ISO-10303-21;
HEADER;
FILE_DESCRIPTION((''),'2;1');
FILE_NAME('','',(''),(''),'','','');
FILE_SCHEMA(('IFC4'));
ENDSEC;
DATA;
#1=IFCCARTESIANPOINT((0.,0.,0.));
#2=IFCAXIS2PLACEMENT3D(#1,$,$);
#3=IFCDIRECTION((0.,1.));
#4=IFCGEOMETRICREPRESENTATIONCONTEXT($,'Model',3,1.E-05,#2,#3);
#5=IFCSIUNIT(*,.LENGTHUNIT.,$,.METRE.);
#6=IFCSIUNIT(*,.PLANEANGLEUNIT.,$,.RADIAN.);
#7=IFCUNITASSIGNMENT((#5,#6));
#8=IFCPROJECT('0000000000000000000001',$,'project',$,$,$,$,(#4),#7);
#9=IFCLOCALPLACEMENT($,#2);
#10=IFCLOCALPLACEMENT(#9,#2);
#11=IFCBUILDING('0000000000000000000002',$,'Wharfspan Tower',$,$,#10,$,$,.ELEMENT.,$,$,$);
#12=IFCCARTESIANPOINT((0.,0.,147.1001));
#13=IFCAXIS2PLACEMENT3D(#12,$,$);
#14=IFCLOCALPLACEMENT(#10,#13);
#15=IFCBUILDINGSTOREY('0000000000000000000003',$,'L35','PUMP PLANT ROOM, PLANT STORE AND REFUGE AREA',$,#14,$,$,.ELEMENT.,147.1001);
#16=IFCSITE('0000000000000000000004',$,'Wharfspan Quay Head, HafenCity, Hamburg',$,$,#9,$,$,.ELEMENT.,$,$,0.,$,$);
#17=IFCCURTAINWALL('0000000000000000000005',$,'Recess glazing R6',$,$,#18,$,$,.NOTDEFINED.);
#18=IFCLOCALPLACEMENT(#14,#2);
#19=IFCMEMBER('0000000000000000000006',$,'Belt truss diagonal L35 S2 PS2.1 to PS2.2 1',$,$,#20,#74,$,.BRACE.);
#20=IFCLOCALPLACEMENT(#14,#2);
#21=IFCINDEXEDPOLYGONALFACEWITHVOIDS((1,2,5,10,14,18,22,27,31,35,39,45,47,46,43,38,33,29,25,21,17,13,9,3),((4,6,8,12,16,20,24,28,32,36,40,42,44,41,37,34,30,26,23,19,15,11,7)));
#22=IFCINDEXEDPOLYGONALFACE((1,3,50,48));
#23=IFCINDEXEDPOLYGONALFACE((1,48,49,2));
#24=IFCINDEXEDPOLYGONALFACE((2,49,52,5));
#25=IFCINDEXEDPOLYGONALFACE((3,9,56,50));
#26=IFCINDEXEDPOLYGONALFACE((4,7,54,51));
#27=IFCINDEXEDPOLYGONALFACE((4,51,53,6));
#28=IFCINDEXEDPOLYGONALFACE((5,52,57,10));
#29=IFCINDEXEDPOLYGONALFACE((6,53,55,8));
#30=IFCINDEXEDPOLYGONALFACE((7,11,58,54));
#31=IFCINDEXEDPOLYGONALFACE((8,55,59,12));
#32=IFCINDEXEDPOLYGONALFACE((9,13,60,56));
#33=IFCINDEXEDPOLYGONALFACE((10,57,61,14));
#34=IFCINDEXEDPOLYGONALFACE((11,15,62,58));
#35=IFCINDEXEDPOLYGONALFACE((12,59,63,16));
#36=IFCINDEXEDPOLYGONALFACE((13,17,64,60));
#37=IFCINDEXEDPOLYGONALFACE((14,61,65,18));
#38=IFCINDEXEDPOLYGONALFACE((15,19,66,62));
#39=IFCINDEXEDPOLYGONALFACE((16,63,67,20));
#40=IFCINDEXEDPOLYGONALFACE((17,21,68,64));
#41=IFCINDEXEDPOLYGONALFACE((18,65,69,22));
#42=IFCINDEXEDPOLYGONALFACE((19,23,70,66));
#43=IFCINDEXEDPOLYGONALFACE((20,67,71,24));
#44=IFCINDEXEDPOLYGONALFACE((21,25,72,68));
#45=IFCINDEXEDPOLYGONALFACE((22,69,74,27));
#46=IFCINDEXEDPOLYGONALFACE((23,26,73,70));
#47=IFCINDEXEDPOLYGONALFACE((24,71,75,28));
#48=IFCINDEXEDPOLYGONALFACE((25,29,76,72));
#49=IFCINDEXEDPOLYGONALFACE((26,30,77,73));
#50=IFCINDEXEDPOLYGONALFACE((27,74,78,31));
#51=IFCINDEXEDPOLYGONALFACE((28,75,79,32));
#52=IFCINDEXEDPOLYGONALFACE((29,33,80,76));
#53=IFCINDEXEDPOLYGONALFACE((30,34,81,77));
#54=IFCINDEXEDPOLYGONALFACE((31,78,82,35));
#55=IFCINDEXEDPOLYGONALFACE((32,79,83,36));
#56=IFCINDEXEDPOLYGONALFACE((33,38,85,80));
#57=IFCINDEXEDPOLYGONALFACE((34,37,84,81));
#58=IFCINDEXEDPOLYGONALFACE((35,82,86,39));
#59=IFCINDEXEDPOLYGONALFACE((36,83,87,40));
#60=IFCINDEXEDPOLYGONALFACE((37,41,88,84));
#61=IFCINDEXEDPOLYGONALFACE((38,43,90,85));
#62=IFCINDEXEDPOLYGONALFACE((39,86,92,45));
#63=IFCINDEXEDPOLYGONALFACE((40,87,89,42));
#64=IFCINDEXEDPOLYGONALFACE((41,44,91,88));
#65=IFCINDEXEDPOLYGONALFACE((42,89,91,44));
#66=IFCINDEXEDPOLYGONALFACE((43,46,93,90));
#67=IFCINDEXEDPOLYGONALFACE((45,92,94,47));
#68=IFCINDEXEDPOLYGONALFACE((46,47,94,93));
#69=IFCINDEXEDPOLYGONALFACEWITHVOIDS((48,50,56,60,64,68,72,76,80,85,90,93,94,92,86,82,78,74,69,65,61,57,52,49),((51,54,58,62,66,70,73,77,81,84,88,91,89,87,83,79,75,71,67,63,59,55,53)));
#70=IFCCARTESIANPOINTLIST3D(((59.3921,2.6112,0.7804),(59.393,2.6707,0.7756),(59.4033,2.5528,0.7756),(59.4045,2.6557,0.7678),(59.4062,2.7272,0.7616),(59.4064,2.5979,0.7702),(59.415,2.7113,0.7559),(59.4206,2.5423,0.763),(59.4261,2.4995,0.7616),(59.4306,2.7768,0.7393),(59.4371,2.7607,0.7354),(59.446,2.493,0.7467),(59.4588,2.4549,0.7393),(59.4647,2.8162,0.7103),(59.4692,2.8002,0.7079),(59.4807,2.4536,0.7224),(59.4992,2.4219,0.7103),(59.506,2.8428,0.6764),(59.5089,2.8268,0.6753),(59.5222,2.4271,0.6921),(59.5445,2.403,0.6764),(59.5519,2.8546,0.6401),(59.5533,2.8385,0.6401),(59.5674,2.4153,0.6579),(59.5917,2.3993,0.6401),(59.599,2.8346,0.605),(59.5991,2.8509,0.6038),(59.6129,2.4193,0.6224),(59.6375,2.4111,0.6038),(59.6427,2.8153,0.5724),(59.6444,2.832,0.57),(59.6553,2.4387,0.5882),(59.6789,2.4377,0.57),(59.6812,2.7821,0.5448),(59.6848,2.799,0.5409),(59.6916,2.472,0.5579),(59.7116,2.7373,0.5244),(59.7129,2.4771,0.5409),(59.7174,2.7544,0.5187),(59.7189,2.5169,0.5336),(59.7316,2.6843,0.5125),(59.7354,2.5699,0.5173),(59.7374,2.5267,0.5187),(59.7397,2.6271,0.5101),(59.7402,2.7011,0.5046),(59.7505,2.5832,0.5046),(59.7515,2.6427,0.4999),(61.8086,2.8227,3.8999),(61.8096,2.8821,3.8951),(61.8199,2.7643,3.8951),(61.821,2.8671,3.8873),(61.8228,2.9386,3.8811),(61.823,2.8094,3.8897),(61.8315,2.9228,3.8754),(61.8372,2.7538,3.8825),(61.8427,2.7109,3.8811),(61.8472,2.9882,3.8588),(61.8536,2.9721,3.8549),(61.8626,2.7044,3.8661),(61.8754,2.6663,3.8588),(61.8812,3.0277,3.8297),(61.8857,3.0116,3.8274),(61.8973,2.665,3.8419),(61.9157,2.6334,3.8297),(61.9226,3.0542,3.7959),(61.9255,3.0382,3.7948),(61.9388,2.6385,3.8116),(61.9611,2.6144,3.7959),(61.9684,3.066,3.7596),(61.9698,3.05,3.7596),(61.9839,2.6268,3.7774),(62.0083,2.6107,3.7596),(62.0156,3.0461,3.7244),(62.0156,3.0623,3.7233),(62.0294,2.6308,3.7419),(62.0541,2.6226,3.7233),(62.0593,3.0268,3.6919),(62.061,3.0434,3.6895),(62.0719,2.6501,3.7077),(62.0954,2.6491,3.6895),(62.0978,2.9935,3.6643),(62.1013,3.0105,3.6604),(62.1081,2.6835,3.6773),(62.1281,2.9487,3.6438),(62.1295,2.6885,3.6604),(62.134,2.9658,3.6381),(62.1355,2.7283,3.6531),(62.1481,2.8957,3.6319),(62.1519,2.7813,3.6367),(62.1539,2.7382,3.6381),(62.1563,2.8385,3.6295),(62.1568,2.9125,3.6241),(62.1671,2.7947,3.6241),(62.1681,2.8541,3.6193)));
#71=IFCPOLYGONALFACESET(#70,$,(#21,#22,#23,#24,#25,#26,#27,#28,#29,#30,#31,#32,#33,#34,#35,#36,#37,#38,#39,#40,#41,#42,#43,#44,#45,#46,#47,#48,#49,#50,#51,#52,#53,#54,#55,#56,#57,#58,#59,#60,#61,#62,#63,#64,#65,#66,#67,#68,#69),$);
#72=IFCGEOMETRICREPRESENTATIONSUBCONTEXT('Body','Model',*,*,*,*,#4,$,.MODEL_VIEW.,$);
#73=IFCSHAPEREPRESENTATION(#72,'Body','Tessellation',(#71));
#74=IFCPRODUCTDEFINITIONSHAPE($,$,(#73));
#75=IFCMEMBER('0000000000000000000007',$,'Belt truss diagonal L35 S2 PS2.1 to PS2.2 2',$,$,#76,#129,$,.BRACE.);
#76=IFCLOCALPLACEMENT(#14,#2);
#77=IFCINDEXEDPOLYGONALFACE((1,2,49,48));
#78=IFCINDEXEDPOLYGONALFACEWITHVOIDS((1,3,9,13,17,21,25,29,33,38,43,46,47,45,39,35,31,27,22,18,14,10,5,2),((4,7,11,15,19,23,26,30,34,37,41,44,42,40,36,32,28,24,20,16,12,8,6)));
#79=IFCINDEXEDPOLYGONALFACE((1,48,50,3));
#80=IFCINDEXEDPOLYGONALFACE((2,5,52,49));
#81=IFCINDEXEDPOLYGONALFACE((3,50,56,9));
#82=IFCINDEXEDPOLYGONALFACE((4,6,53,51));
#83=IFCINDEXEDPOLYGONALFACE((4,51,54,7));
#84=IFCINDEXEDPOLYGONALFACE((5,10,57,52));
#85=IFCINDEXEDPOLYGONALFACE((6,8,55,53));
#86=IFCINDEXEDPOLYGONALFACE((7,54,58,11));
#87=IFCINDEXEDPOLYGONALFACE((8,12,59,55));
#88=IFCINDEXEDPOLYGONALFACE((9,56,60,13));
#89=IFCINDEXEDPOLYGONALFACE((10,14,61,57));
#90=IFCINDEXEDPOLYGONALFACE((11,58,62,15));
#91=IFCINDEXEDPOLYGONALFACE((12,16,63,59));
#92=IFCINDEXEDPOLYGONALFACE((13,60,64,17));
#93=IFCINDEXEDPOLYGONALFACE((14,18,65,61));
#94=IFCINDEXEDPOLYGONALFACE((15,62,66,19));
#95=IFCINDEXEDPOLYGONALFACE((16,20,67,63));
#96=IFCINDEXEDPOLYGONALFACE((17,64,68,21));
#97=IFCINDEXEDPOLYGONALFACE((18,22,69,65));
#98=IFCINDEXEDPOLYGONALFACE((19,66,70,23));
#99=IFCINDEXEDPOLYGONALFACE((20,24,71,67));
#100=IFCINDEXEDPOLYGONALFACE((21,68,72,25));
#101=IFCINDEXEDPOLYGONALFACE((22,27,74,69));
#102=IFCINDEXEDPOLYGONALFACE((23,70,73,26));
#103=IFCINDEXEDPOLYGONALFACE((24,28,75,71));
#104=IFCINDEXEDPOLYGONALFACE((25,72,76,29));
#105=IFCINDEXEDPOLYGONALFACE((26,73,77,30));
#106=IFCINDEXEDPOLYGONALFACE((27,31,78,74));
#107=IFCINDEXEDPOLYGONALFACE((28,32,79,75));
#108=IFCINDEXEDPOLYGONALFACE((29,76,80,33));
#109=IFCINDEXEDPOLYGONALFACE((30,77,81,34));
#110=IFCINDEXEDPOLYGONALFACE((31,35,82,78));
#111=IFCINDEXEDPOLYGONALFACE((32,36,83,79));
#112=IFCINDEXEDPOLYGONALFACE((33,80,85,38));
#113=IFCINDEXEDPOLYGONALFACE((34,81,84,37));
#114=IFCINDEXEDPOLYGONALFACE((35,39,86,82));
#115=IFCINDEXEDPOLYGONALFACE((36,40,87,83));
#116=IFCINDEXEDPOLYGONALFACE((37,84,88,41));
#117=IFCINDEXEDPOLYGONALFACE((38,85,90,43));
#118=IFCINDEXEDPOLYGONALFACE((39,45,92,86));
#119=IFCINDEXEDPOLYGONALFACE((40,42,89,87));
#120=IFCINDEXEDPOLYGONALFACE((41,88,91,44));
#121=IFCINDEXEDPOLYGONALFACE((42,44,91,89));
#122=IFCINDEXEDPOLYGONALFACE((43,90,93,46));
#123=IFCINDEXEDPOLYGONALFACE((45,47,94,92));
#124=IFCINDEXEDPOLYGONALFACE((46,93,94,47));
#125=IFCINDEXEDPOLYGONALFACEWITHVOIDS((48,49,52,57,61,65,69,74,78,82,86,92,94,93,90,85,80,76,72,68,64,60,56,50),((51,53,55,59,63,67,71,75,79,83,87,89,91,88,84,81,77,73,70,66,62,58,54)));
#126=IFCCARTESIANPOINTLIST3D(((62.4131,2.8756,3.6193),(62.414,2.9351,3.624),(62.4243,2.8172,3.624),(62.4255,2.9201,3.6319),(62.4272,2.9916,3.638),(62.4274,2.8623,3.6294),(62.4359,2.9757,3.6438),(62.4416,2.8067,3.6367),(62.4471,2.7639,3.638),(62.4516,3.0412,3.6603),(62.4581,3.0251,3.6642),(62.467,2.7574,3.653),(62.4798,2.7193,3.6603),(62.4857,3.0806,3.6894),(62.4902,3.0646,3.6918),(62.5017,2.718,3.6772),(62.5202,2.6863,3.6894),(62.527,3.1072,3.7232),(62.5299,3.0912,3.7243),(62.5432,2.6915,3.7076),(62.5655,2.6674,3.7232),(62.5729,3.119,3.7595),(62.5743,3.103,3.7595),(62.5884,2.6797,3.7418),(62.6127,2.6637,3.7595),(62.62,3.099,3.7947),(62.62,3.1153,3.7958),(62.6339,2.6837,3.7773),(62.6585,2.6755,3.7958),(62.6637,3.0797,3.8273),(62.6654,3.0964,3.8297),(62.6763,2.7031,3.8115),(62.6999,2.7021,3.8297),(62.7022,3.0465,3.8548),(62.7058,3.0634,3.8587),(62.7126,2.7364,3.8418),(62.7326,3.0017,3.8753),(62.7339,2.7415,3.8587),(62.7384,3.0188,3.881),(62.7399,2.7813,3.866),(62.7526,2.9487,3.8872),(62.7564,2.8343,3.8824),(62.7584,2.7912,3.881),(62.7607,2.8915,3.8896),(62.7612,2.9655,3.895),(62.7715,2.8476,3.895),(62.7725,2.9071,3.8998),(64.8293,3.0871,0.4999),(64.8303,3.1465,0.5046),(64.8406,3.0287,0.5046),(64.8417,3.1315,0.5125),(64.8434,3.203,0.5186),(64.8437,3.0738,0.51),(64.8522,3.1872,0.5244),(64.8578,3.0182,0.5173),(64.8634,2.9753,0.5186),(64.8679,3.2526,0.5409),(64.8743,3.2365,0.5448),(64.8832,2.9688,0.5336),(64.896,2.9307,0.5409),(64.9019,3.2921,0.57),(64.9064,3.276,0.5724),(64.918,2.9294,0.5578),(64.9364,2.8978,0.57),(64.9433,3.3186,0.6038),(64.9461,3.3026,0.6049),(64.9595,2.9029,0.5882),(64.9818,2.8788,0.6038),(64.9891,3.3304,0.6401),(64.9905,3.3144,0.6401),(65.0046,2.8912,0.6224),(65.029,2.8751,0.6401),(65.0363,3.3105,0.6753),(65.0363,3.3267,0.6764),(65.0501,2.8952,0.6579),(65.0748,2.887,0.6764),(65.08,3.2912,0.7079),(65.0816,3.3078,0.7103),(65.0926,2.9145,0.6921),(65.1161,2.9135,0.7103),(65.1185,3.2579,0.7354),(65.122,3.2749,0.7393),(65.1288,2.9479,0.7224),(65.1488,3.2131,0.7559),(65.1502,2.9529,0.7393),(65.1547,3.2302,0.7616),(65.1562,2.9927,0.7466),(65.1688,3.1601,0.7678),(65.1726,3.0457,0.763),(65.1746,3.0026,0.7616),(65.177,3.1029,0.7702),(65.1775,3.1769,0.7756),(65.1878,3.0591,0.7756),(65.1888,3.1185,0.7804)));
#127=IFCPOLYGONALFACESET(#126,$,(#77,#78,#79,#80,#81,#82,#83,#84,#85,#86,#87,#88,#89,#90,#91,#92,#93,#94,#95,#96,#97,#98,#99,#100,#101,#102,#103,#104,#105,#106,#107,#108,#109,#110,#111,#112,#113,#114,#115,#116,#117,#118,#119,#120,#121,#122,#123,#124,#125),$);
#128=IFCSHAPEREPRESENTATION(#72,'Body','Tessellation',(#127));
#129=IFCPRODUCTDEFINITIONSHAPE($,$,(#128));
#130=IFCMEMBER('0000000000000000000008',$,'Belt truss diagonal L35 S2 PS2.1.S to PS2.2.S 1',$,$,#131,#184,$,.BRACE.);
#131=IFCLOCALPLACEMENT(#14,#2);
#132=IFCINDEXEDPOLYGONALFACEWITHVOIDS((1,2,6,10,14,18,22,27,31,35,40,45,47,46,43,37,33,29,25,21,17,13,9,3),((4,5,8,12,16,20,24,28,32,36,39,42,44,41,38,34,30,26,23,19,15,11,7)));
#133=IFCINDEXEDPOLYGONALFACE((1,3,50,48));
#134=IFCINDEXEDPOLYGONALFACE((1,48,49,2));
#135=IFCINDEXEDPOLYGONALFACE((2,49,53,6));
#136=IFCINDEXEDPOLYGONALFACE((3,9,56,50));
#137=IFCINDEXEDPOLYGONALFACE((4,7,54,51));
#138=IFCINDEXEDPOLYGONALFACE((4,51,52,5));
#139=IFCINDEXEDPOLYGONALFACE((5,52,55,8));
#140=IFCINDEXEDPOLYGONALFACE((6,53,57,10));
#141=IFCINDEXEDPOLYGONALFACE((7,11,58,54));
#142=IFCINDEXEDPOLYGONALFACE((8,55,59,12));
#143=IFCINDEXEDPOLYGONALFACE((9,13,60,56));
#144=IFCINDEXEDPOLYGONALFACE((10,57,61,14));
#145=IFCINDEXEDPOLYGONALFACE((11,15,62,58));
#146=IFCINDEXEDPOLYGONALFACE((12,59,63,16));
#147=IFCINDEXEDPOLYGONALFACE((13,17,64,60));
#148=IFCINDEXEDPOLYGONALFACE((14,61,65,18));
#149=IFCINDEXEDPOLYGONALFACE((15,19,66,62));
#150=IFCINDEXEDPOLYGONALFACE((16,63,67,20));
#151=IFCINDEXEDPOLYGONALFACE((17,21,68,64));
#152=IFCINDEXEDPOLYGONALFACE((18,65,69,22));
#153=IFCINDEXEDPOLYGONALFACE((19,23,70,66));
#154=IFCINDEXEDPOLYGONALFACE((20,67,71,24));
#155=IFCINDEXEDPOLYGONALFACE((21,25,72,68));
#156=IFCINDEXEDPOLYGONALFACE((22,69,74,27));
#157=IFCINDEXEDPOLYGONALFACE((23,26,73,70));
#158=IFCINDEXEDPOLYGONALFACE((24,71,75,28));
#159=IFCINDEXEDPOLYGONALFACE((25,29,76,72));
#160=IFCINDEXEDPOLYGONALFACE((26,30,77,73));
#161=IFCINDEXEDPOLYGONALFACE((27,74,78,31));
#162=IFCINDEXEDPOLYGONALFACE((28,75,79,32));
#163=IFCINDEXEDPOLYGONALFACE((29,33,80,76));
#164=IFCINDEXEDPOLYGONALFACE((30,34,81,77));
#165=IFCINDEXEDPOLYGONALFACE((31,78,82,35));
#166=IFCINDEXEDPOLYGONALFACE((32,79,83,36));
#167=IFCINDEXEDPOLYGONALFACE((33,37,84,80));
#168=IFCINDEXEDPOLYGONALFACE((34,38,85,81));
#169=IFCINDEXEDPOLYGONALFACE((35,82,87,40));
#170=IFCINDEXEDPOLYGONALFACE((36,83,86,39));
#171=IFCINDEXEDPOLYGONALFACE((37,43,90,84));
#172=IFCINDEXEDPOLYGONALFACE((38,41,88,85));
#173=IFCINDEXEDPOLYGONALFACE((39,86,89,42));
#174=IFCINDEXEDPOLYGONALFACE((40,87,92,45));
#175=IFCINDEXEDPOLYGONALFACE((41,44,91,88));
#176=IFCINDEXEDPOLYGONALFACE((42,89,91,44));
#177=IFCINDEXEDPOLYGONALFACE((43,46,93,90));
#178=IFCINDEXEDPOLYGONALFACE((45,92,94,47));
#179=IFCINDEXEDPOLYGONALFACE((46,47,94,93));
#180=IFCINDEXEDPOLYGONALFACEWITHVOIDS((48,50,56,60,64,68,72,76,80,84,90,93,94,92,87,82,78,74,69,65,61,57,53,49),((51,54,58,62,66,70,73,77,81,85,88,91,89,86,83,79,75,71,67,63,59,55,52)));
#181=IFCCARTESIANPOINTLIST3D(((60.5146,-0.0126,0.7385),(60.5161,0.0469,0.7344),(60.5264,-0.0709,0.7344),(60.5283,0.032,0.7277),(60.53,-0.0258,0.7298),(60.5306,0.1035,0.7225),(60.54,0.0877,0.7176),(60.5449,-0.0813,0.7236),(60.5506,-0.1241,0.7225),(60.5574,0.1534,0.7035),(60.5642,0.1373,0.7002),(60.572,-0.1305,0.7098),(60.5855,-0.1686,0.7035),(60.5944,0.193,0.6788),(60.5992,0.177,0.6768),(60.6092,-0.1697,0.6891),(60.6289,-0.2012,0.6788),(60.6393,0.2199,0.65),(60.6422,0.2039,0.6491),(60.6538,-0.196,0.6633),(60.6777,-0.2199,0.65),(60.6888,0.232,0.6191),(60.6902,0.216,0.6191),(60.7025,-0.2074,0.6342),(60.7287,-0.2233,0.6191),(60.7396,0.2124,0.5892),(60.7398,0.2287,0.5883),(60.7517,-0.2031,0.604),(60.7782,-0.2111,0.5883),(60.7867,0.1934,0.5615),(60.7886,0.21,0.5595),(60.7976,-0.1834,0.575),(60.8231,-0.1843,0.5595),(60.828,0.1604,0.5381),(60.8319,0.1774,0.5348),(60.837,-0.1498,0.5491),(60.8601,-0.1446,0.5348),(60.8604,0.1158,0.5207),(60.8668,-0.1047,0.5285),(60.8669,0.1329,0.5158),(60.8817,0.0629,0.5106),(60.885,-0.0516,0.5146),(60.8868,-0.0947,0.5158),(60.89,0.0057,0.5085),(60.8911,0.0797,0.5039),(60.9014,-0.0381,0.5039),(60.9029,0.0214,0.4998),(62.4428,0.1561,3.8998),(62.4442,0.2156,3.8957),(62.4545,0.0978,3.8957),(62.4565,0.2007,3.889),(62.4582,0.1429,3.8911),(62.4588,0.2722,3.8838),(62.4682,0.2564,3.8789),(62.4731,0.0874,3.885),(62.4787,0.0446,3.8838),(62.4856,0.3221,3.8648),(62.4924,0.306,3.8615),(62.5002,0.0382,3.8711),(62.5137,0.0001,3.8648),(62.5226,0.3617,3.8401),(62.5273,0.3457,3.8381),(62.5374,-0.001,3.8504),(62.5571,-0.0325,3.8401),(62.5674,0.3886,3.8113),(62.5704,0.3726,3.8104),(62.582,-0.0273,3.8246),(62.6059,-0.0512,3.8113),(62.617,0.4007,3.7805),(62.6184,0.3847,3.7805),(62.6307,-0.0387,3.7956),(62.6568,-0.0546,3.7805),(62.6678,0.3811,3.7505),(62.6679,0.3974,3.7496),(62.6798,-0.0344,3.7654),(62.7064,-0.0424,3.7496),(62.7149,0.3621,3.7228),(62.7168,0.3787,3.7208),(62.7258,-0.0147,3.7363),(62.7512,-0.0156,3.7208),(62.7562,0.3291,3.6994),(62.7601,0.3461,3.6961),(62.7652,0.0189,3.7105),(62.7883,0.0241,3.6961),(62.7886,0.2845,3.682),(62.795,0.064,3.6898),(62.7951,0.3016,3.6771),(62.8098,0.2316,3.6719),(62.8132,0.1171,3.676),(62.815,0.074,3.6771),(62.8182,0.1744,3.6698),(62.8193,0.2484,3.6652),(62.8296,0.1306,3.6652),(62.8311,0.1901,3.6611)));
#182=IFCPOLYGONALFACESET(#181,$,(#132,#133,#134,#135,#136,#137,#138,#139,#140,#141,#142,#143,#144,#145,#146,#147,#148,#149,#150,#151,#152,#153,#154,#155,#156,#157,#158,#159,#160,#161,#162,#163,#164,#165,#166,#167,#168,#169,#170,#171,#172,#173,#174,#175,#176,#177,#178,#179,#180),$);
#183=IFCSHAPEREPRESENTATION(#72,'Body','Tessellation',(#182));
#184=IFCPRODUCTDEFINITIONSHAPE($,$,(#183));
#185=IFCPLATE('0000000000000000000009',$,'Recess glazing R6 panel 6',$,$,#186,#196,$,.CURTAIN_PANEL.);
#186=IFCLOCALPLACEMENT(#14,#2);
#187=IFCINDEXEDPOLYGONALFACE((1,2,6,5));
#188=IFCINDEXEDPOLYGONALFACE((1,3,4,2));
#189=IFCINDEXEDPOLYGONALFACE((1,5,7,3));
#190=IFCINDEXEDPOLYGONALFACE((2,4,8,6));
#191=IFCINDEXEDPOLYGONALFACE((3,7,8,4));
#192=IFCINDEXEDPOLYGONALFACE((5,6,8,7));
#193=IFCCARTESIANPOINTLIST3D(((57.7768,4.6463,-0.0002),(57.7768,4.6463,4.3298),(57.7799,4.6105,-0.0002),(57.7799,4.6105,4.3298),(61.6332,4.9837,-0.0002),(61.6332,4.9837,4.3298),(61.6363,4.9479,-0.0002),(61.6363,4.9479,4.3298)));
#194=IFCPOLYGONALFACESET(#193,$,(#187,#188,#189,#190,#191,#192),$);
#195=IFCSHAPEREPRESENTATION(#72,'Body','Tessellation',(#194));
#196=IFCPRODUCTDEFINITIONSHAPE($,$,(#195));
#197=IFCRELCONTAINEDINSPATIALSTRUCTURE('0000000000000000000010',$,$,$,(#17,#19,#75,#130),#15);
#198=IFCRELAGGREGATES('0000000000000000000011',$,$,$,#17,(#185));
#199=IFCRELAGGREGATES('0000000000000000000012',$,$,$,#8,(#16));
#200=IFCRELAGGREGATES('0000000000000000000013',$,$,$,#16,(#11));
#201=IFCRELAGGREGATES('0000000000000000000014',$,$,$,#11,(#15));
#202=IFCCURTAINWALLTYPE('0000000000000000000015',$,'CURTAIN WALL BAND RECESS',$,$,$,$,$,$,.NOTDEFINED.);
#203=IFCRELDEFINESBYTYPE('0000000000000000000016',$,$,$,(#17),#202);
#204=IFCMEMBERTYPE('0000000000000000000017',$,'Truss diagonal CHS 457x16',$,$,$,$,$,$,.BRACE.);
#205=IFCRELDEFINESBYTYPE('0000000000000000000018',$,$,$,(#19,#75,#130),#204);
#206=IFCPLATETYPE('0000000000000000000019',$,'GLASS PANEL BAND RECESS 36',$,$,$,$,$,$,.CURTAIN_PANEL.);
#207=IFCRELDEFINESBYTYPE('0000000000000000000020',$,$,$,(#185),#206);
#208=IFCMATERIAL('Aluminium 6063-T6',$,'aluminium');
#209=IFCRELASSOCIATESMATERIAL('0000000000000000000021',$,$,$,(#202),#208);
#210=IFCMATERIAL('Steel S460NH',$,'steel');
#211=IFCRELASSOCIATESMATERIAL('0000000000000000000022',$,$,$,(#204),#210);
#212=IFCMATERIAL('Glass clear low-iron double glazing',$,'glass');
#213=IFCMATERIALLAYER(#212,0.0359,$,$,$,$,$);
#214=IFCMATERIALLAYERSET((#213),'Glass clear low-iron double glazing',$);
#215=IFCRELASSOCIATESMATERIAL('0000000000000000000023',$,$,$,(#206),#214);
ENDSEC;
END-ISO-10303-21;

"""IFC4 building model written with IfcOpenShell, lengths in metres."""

from ifc_helpers import new_model, si_unit, direction, frame, origin, origin_2d, place, context, subcontext, project, spatial, rectangle, hollow_circle, extrude, material, layer, layer_set, material_profile, profile_set, type_object, element, aggregate, save


model = new_model("IFC4")

# Units and contexts
model_context = context("Model", 3, precision=1e-05, world=origin(), true_north=direction((0.0, 1.0)))
body_context = subcontext(model_context, "Body", "Model", "MODEL_VIEW")
ifc_project = project(units=[si_unit("LENGTHUNIT", "METRE"), si_unit("PLANEANGLEUNIT", "RADIAN")], contexts=[model_context])

# Site, building, storey
site_placement = place(None, origin())
site = spatial("IfcSite", under=ifc_project, at=site_placement, Name="Wharfspan Quay Head, HafenCity, Hamburg", CompositionType="ELEMENT", RefElevation=0.0)
building_placement = place(site_placement, origin())
building = spatial("IfcBuilding", under=site, at=building_placement, Name="Wharfspan Tower", CompositionType="ELEMENT")
storey_placement = place(building_placement, frame((0.0, 0.0, 147.1001)))
storey = spatial("IfcBuildingStorey", under=building, at=storey_placement, Name="L35", Description="PUMP PLANT ROOM, PLANT STORE AND REFUGE AREA", CompositionType="ELEMENT", Elevation=147.1001)

# Curtain wall
ifc_material_1 = material(Name="Aluminium 6063-T6", Category="aluminium")
curtain_wall_type = type_object("IfcCurtainWallType", Name="CURTAIN WALL BAND RECESS", PredefinedType="NOTDEFINED", material=ifc_material_1)
curtain_wall_placement = place(storey_placement, origin())
curtain_wall = element("IfcCurtainWall", 1, at=curtain_wall_placement, inside=storey, type_object=curtain_wall_type, Name="Recess glazing R6", PredefinedType="NOTDEFINED")

# Members
ifc_material_2 = material(Name="Steel S460NH", Category="steel")
ifc_material_profile_1 = material_profile(ifc_material_2, hollow_circle(Radius=0.2285, WallThickness=0.0161, at=origin_2d()))
ifc_profile_set_1 = profile_set([ifc_material_profile_1], Name="Steel S460NH")
member_type_1 = type_object("IfcMemberType", Name="Truss diagonal CHS 457x16", PredefinedType="BRACE", material=ifc_profile_set_1)
member_1_placement = place(storey_placement, frame((59.5718, 2.627, 0.6401), z_axis=(0.611533, 0.053505, 0.789408), x_axis=(-0.087158, 0.996198, -0.000002)))
element("IfcMember", 2, at=member_1_placement, inside=storey, type_object=member_type_1, Name="Belt truss diagonal L35 S2 PS2.1 to PS2.2 1", PredefinedType="BRACE", context=body_context, shape_type="SweptSolid", body=[
    extrude(hollow_circle(Radius=0.2285, WallThickness=0.0161, at=origin_2d()), origin(), (0.0, 0.0, 1.0), 3.9517),
])
member_2_placement = place(storey_placement, frame((62.5928, 2.8914, 3.7595), z_axis=(0.611494, 0.053507, -0.789438), x_axis=(-0.087165, 0.996192, 0.000003)))
element("IfcMember", 3, at=member_2_placement, inside=storey, type_object=member_type_1, Name="Belt truss diagonal L35 S2 PS2.1 to PS2.2 2", PredefinedType="BRACE", context=body_context, shape_type="SweptSolid", body=[
    extrude(hollow_circle(Radius=0.2285, WallThickness=0.0161, at=origin_2d()), origin(), (0.0, 0.0, 1.0), 3.9514),
])
member_3_placement = place(storey_placement, frame((60.7087, 0.0044, 0.6191), z_axis=(0.520177, 0.045511, 0.852845), x_axis=(-0.087157, 0.996197, -0.000001)))
element("IfcMember", 4, at=member_3_placement, inside=storey, type_object=member_type_1, Name="Belt truss diagonal L35 S2 PS2.1.S to PS2.2.S 1", PredefinedType="BRACE", context=body_context, shape_type="SweptSolid", body=[
    extrude(hollow_circle(Radius=0.2285, WallThickness=0.0161, at=origin_2d()), origin(), (0.0, 0.0, 1.0), 3.7068),
])

# Plate
ifc_material_3 = material(Name="Glass clear low-iron double glazing", Category="glass")
ifc_layer_1 = layer(ifc_material_3, 0.0359)
ifc_layer_set_1 = layer_set([ifc_layer_1], Name="Glass clear low-iron double glazing")
plate_type = type_object("IfcPlateType", Name="GLASS PANEL BAND RECESS 36", PredefinedType="CURTAIN_PANEL", material=ifc_layer_set_1)
plate_placement = place(storey_placement, frame((59.7065, 4.7971, -0.0002), z_axis=(0.0, 0.0, 1.0), x_axis=(-0.996198, -0.087156, 0.0)))
plate = element("IfcPlate", 5, at=plate_placement, type_object=plate_type, Name="Recess glazing R6 panel 6", PredefinedType="CURTAIN_PANEL", context=body_context, shape_type="SweptSolid", body=[
    extrude(rectangle(XDim=3.8711, YDim=0.0359, at=origin_2d()), origin(), (0.0, 0.0, 1.0), 4.3301),
])
aggregate(curtain_wall, [plate])

save(model, "model.ifc")
